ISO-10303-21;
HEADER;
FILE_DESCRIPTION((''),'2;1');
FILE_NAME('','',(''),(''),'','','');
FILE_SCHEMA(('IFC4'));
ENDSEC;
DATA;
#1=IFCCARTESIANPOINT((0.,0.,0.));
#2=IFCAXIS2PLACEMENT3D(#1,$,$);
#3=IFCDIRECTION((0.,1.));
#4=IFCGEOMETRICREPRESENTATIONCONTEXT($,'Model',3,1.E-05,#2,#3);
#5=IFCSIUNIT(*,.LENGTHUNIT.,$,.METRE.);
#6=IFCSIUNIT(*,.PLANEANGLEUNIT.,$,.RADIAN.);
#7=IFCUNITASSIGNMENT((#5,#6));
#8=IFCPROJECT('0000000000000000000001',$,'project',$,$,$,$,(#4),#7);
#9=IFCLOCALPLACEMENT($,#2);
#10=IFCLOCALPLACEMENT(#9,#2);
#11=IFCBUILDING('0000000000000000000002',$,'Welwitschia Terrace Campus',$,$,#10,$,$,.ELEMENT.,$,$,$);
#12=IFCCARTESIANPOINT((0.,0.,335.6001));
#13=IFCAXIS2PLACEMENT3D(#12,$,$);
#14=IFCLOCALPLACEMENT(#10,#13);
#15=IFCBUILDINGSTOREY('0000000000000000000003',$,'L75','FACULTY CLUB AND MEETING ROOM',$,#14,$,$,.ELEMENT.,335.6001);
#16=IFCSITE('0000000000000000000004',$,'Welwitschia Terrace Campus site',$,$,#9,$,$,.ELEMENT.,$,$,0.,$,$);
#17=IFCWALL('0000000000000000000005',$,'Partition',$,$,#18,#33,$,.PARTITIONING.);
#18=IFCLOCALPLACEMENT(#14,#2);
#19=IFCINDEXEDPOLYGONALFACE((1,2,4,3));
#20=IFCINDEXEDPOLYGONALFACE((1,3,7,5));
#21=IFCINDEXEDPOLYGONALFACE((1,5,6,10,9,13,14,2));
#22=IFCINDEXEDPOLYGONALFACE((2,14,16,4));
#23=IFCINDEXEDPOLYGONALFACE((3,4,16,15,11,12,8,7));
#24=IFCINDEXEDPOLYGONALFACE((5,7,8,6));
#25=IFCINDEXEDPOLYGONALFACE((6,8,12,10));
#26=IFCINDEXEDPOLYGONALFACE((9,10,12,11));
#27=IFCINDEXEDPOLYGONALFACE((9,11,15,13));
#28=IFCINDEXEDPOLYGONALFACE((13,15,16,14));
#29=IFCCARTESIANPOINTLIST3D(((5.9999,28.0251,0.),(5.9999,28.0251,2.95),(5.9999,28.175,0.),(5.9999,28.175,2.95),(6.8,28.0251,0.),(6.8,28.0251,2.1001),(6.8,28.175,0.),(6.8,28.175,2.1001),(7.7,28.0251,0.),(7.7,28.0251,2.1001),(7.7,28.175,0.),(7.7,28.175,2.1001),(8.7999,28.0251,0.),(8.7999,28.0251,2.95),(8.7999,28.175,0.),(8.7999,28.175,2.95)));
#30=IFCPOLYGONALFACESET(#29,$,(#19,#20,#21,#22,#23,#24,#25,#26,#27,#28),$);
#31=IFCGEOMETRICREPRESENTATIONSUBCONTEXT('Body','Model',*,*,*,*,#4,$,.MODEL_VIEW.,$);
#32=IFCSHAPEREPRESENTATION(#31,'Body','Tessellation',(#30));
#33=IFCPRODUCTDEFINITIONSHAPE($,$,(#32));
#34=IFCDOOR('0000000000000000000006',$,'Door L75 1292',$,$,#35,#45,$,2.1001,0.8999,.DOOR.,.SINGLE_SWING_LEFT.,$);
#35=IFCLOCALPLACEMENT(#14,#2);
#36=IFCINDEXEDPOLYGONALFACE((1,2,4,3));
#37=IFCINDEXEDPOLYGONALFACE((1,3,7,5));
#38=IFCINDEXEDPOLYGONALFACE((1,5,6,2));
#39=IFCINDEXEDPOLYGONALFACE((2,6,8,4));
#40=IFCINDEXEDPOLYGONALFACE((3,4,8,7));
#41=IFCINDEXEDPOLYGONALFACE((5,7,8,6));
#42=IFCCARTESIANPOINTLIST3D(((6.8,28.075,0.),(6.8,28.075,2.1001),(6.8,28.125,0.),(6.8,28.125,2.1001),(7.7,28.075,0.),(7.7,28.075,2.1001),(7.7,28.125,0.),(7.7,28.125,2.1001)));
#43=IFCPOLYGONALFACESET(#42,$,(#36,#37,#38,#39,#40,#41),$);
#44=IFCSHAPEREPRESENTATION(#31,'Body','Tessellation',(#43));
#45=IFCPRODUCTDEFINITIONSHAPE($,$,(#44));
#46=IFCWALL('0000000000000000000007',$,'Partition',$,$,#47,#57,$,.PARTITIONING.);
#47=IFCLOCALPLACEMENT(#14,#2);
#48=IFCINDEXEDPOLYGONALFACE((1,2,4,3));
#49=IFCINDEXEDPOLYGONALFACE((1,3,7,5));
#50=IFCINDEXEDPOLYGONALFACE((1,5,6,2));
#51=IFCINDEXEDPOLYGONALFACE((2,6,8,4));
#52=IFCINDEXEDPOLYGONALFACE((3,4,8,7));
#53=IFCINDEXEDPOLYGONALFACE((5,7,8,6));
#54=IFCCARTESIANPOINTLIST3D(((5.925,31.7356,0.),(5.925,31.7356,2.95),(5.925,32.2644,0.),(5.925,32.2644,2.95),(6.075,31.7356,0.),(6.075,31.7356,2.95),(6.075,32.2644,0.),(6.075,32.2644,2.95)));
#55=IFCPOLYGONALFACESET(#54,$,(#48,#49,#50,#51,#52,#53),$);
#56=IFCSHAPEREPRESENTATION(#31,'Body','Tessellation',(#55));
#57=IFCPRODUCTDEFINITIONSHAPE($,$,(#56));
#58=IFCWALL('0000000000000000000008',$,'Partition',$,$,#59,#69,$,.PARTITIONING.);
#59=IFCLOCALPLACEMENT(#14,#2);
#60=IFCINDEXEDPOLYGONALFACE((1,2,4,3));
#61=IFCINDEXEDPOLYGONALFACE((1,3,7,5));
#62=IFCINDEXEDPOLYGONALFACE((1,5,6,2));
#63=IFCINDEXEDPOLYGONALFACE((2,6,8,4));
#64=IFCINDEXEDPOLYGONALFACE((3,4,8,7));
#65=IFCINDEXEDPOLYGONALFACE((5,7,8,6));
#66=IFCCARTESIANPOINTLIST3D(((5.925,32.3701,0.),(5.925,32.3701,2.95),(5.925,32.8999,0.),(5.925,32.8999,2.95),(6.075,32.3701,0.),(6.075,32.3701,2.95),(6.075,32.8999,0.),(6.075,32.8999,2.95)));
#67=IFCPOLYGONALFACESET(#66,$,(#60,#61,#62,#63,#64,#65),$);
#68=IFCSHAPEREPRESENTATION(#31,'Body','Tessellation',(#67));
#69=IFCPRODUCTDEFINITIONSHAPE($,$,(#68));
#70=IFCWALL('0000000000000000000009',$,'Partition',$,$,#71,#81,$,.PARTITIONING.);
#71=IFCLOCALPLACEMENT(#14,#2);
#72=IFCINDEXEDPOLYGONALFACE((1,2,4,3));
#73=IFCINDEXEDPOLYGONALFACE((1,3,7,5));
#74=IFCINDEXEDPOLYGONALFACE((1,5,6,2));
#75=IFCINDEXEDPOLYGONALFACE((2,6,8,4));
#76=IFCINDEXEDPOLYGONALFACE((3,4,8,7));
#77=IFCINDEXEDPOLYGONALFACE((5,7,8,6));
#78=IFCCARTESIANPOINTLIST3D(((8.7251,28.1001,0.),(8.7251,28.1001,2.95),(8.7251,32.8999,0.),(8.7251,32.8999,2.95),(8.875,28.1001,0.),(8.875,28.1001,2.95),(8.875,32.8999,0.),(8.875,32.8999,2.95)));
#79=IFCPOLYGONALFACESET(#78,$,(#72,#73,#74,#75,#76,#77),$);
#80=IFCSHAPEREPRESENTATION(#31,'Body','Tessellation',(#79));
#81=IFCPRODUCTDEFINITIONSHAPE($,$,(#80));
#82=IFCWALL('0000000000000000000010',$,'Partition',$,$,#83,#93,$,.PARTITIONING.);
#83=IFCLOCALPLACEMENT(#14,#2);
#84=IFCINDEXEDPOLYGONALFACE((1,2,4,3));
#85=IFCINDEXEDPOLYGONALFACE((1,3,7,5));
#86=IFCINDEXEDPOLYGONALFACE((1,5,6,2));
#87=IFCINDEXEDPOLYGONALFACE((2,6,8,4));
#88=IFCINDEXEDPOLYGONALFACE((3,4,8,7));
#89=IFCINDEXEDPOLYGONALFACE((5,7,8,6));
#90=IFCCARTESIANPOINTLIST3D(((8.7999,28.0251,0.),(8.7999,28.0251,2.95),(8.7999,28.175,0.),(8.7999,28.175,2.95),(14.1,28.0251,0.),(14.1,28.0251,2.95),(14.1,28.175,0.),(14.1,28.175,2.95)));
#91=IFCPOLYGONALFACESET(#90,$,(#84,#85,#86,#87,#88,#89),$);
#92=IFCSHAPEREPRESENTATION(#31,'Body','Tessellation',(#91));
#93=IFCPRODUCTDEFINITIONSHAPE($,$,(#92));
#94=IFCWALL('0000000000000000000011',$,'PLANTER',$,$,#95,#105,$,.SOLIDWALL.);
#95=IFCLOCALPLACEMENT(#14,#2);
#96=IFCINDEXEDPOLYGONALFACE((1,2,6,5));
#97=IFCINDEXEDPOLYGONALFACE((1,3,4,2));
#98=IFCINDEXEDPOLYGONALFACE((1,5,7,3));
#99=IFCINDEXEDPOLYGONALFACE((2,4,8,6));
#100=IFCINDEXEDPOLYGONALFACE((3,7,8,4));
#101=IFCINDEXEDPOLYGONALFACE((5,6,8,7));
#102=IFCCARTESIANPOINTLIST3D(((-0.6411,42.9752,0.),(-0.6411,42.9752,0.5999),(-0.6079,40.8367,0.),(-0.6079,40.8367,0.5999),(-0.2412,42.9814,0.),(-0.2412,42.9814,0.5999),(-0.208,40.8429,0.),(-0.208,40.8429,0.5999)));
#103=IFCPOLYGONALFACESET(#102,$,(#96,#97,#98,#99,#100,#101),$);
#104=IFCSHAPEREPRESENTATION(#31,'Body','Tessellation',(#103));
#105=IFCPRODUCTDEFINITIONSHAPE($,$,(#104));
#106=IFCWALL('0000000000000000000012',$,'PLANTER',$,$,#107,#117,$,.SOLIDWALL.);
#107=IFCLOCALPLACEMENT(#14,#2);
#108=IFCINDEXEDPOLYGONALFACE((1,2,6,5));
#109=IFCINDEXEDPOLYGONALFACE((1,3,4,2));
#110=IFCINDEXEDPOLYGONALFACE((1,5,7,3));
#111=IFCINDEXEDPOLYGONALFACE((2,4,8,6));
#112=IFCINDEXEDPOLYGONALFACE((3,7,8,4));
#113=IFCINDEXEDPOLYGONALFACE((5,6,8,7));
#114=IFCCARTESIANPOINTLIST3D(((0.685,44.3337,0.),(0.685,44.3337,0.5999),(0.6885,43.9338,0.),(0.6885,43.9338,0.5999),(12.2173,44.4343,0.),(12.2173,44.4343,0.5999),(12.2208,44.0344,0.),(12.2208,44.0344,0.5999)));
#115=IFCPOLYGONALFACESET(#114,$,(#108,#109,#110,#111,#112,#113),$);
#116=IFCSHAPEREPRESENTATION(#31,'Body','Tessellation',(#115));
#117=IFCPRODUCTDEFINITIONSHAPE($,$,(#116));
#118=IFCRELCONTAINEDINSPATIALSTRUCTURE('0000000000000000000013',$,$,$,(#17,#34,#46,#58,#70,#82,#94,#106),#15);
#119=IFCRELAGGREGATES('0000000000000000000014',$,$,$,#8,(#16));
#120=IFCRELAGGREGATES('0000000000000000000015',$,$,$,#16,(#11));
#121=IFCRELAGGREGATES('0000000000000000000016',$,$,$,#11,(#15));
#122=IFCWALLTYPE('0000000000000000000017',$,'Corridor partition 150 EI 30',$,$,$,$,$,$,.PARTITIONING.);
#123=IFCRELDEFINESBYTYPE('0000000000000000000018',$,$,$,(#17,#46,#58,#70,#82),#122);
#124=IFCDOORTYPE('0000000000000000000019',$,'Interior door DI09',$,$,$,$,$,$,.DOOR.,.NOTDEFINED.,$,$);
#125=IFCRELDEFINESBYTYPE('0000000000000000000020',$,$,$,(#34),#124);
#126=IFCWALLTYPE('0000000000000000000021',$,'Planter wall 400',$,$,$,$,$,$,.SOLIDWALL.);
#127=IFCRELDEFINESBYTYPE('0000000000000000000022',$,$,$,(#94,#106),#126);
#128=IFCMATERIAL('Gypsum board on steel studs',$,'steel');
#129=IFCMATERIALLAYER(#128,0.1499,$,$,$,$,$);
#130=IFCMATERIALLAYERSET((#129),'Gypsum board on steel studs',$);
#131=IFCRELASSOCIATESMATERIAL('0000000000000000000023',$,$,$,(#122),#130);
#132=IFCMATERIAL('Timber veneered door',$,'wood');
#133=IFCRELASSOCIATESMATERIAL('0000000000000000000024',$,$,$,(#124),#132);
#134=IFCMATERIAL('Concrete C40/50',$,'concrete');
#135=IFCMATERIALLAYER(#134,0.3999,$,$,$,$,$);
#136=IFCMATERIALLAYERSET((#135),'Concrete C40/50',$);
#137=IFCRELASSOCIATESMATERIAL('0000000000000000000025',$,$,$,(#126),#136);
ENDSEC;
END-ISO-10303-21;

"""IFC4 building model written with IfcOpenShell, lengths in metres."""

from ifc_helpers import new_model, si_unit, direction, frame, frame_2d, origin, place, context, subcontext, project, spatial, rectangle, extrude, material, layer, layer_set, type_object, element, fill, save


model = new_model("IFC4")

# Units and contexts
model_context = context("Model", 3, precision=1e-05, world=origin(), true_north=direction((0.0, 1.0)))
body_context = subcontext(model_context, "Body", "Model", "MODEL_VIEW")
ifc_project = project(units=[si_unit("LENGTHUNIT", "METRE"), si_unit("PLANEANGLEUNIT", "RADIAN")], contexts=[model_context])

# Site, building, storey
site_placement = place(None, origin())
site = spatial("IfcSite", under=ifc_project, at=site_placement, Name="Welwitschia Terrace Campus site", CompositionType="ELEMENT", RefElevation=0.0)
building_placement = place(site_placement, origin())
building = spatial("IfcBuilding", under=site, at=building_placement, Name="Welwitschia Terrace Campus", CompositionType="ELEMENT")
storey_placement = place(building_placement, frame((0.0, 0.0, 335.6001)))
storey = spatial("IfcBuildingStorey", under=building, at=storey_placement, Name="L75", Description="FACULTY CLUB AND MEETING ROOM", CompositionType="ELEMENT", Elevation=335.6001)

# Shared definitions
ifc_material_1 = material(Name="Gypsum board on steel studs", Category="steel")
ifc_layer_1 = layer(ifc_material_1, 0.1499)
ifc_layer_set_1 = layer_set([ifc_layer_1], Name="Gypsum board on steel studs")
wall_type_1 = type_object("IfcWallType", Name="Corridor partition 150 EI 30", PredefinedType="PARTITIONING", material=ifc_layer_set_1)

# Wall, opening, door
wall_1_placement = place(storey_placement, frame((6.0, 28.1001, 0.0), z_axis=(0.0, 0.0, 1.0), x_axis=(1.0, 0.0, 0.0)))
wall_1 = element("IfcWall", 1, at=wall_1_placement, inside=storey, type_object=wall_type_1, Name="Partition", PredefinedType="PARTITIONING", context=body_context, shape_type="SweptSolid", body=[
    extrude(rectangle(XDim=2.8, YDim=0.1499, at=frame_2d((1.3999, 0.0))), origin(), (0.0, 0.0, 1.0), 2.95),
])
opening_placement = place(wall_1_placement, frame((0.8, 0.0, 0.0)))
opening = element("IfcOpeningElement", 2, at=opening_placement, cuts=wall_1, PredefinedType="OPENING", context=body_context, shape_type="SweptSolid", body=[
    extrude(rectangle(XDim=0.8999, YDim=2.1001, at=frame_2d((0.45, 1.05))), frame((0.0, 0.085, 0.0), z_axis=(0.0, -1.0, 0.0), x_axis=(1.0, 0.0, 0.0)), (0.0, 0.0, 1.0), 0.1699),
])
ifc_material_2 = material(Name="Timber veneered door", Category="wood")
door_type = type_object("IfcDoorType", Name="Interior door DI09", OperationType="NOTDEFINED", PredefinedType="DOOR", material=ifc_material_2)
door_placement = place(opening_placement, origin())
door = element("IfcDoor", 3, at=door_placement, inside=storey, type_object=door_type, Name="Door L75 1292", OperationType="SINGLE_SWING_LEFT", OverallHeight=2.1001, OverallWidth=0.8999, PredefinedType="DOOR", context=body_context, shape_type="SweptSolid", body=[
    extrude(rectangle(XDim=0.8999, YDim=2.1001, at=frame_2d((0.45, 1.05))), frame((0.0, 0.0249, 0.0), z_axis=(0.0, -1.0, 0.0), x_axis=(1.0, 0.0, 0.0)), (0.0, 0.0, 1.0), 0.05),
])
fill(opening, door)

# Walls
wall_2_placement = place(storey_placement, frame((6.0, 31.7356, 0.0), z_axis=(0.0, 0.0, 1.0), x_axis=(0.0, 1.0, 0.0)))
element("IfcWall", 4, at=wall_2_placement, inside=storey, type_object=wall_type_1, Name="Partition", PredefinedType="PARTITIONING", context=body_context, shape_type="SweptSolid", body=[
    extrude(rectangle(XDim=0.5288, YDim=0.1499, at=frame_2d((0.2644, 0.0))), origin(), (0.0, 0.0, 1.0), 2.95),
])
wall_3_placement = place(storey_placement, frame((6.0, 32.3701, 0.0), z_axis=(0.0, 0.0, 1.0), x_axis=(0.0, 1.0, 0.0)))
element("IfcWall", 5, at=wall_3_placement, inside=storey, type_object=wall_type_1, Name="Partition", PredefinedType="PARTITIONING", context=body_context, shape_type="SweptSolid", body=[
    extrude(rectangle(XDim=0.5298, YDim=0.1499, at=frame_2d((0.2649, 0.0))), origin(), (0.0, 0.0, 1.0), 2.95),
])
wall_4_placement = place(storey_placement, frame((8.8, 28.1001, 0.0), z_axis=(0.0, 0.0, 1.0), x_axis=(0.0, 1.0, 0.0)))
element("IfcWall", 6, at=wall_4_placement, inside=storey, type_object=wall_type_1, Name="Partition", PredefinedType="PARTITIONING", context=body_context, shape_type="SweptSolid", body=[
    extrude(rectangle(XDim=4.7998, YDim=0.1499, at=frame_2d((2.3999, 0.0))), origin(), (0.0, 0.0, 1.0), 2.95),
])
wall_5_placement = place(storey_placement, frame((8.8, 28.1001, 0.0), z_axis=(0.0, 0.0, 1.0), x_axis=(1.0, 0.0, 0.0)))
element("IfcWall", 7, at=wall_5_placement, inside=storey, type_object=wall_type_1, Name="Partition", PredefinedType="PARTITIONING", context=body_context, shape_type="SweptSolid", body=[
    extrude(rectangle(XDim=5.3, YDim=0.1499, at=frame_2d((2.6499, 0.0))), origin(), (0.0, 0.0, 1.0), 2.95),
])
ifc_material_3 = material(Name="Concrete C40/50", Category="concrete")
ifc_layer_2 = layer(ifc_material_3, 0.3999)
ifc_layer_set_2 = layer_set([ifc_layer_2], Name="Concrete C40/50")
wall_type_2 = type_object("IfcWallType", Name="Planter wall 400", PredefinedType="SOLIDWALL", material=ifc_layer_set_2)
wall_6_placement = place(storey_placement, frame((-0.408, 40.8398, 0.0), z_axis=(0.0, 0.0, 1.0), x_axis=(-0.015525, 0.999879, 0.0)))
element("IfcWall", 8, at=wall_6_placement, inside=storey, type_object=wall_type_2, Name="PLANTER", PredefinedType="SOLIDWALL", context=body_context, shape_type="SweptSolid", body=[
    extrude(rectangle(XDim=2.1387, YDim=0.3999, at=frame_2d((1.0693, 0.0))), origin(), (0.0, 0.0, 1.0), 0.5999),
])
wall_7_placement = place(storey_placement, frame((0.6868, 44.1338, 0.0), z_axis=(0.0, 0.0, 1.0), x_axis=(0.999962, 0.008722, 0.0)))
element("IfcWall", 9, at=wall_7_placement, inside=storey, type_object=wall_type_2, Name="PLANTER", PredefinedType="SOLIDWALL", context=body_context, shape_type="SweptSolid", body=[
    extrude(rectangle(XDim=11.5327, YDim=0.3999, at=frame_2d((5.7664, 0.0))), origin(), (0.0, 0.0, 1.0), 0.5999),
])

save(model, "model.ifc")
